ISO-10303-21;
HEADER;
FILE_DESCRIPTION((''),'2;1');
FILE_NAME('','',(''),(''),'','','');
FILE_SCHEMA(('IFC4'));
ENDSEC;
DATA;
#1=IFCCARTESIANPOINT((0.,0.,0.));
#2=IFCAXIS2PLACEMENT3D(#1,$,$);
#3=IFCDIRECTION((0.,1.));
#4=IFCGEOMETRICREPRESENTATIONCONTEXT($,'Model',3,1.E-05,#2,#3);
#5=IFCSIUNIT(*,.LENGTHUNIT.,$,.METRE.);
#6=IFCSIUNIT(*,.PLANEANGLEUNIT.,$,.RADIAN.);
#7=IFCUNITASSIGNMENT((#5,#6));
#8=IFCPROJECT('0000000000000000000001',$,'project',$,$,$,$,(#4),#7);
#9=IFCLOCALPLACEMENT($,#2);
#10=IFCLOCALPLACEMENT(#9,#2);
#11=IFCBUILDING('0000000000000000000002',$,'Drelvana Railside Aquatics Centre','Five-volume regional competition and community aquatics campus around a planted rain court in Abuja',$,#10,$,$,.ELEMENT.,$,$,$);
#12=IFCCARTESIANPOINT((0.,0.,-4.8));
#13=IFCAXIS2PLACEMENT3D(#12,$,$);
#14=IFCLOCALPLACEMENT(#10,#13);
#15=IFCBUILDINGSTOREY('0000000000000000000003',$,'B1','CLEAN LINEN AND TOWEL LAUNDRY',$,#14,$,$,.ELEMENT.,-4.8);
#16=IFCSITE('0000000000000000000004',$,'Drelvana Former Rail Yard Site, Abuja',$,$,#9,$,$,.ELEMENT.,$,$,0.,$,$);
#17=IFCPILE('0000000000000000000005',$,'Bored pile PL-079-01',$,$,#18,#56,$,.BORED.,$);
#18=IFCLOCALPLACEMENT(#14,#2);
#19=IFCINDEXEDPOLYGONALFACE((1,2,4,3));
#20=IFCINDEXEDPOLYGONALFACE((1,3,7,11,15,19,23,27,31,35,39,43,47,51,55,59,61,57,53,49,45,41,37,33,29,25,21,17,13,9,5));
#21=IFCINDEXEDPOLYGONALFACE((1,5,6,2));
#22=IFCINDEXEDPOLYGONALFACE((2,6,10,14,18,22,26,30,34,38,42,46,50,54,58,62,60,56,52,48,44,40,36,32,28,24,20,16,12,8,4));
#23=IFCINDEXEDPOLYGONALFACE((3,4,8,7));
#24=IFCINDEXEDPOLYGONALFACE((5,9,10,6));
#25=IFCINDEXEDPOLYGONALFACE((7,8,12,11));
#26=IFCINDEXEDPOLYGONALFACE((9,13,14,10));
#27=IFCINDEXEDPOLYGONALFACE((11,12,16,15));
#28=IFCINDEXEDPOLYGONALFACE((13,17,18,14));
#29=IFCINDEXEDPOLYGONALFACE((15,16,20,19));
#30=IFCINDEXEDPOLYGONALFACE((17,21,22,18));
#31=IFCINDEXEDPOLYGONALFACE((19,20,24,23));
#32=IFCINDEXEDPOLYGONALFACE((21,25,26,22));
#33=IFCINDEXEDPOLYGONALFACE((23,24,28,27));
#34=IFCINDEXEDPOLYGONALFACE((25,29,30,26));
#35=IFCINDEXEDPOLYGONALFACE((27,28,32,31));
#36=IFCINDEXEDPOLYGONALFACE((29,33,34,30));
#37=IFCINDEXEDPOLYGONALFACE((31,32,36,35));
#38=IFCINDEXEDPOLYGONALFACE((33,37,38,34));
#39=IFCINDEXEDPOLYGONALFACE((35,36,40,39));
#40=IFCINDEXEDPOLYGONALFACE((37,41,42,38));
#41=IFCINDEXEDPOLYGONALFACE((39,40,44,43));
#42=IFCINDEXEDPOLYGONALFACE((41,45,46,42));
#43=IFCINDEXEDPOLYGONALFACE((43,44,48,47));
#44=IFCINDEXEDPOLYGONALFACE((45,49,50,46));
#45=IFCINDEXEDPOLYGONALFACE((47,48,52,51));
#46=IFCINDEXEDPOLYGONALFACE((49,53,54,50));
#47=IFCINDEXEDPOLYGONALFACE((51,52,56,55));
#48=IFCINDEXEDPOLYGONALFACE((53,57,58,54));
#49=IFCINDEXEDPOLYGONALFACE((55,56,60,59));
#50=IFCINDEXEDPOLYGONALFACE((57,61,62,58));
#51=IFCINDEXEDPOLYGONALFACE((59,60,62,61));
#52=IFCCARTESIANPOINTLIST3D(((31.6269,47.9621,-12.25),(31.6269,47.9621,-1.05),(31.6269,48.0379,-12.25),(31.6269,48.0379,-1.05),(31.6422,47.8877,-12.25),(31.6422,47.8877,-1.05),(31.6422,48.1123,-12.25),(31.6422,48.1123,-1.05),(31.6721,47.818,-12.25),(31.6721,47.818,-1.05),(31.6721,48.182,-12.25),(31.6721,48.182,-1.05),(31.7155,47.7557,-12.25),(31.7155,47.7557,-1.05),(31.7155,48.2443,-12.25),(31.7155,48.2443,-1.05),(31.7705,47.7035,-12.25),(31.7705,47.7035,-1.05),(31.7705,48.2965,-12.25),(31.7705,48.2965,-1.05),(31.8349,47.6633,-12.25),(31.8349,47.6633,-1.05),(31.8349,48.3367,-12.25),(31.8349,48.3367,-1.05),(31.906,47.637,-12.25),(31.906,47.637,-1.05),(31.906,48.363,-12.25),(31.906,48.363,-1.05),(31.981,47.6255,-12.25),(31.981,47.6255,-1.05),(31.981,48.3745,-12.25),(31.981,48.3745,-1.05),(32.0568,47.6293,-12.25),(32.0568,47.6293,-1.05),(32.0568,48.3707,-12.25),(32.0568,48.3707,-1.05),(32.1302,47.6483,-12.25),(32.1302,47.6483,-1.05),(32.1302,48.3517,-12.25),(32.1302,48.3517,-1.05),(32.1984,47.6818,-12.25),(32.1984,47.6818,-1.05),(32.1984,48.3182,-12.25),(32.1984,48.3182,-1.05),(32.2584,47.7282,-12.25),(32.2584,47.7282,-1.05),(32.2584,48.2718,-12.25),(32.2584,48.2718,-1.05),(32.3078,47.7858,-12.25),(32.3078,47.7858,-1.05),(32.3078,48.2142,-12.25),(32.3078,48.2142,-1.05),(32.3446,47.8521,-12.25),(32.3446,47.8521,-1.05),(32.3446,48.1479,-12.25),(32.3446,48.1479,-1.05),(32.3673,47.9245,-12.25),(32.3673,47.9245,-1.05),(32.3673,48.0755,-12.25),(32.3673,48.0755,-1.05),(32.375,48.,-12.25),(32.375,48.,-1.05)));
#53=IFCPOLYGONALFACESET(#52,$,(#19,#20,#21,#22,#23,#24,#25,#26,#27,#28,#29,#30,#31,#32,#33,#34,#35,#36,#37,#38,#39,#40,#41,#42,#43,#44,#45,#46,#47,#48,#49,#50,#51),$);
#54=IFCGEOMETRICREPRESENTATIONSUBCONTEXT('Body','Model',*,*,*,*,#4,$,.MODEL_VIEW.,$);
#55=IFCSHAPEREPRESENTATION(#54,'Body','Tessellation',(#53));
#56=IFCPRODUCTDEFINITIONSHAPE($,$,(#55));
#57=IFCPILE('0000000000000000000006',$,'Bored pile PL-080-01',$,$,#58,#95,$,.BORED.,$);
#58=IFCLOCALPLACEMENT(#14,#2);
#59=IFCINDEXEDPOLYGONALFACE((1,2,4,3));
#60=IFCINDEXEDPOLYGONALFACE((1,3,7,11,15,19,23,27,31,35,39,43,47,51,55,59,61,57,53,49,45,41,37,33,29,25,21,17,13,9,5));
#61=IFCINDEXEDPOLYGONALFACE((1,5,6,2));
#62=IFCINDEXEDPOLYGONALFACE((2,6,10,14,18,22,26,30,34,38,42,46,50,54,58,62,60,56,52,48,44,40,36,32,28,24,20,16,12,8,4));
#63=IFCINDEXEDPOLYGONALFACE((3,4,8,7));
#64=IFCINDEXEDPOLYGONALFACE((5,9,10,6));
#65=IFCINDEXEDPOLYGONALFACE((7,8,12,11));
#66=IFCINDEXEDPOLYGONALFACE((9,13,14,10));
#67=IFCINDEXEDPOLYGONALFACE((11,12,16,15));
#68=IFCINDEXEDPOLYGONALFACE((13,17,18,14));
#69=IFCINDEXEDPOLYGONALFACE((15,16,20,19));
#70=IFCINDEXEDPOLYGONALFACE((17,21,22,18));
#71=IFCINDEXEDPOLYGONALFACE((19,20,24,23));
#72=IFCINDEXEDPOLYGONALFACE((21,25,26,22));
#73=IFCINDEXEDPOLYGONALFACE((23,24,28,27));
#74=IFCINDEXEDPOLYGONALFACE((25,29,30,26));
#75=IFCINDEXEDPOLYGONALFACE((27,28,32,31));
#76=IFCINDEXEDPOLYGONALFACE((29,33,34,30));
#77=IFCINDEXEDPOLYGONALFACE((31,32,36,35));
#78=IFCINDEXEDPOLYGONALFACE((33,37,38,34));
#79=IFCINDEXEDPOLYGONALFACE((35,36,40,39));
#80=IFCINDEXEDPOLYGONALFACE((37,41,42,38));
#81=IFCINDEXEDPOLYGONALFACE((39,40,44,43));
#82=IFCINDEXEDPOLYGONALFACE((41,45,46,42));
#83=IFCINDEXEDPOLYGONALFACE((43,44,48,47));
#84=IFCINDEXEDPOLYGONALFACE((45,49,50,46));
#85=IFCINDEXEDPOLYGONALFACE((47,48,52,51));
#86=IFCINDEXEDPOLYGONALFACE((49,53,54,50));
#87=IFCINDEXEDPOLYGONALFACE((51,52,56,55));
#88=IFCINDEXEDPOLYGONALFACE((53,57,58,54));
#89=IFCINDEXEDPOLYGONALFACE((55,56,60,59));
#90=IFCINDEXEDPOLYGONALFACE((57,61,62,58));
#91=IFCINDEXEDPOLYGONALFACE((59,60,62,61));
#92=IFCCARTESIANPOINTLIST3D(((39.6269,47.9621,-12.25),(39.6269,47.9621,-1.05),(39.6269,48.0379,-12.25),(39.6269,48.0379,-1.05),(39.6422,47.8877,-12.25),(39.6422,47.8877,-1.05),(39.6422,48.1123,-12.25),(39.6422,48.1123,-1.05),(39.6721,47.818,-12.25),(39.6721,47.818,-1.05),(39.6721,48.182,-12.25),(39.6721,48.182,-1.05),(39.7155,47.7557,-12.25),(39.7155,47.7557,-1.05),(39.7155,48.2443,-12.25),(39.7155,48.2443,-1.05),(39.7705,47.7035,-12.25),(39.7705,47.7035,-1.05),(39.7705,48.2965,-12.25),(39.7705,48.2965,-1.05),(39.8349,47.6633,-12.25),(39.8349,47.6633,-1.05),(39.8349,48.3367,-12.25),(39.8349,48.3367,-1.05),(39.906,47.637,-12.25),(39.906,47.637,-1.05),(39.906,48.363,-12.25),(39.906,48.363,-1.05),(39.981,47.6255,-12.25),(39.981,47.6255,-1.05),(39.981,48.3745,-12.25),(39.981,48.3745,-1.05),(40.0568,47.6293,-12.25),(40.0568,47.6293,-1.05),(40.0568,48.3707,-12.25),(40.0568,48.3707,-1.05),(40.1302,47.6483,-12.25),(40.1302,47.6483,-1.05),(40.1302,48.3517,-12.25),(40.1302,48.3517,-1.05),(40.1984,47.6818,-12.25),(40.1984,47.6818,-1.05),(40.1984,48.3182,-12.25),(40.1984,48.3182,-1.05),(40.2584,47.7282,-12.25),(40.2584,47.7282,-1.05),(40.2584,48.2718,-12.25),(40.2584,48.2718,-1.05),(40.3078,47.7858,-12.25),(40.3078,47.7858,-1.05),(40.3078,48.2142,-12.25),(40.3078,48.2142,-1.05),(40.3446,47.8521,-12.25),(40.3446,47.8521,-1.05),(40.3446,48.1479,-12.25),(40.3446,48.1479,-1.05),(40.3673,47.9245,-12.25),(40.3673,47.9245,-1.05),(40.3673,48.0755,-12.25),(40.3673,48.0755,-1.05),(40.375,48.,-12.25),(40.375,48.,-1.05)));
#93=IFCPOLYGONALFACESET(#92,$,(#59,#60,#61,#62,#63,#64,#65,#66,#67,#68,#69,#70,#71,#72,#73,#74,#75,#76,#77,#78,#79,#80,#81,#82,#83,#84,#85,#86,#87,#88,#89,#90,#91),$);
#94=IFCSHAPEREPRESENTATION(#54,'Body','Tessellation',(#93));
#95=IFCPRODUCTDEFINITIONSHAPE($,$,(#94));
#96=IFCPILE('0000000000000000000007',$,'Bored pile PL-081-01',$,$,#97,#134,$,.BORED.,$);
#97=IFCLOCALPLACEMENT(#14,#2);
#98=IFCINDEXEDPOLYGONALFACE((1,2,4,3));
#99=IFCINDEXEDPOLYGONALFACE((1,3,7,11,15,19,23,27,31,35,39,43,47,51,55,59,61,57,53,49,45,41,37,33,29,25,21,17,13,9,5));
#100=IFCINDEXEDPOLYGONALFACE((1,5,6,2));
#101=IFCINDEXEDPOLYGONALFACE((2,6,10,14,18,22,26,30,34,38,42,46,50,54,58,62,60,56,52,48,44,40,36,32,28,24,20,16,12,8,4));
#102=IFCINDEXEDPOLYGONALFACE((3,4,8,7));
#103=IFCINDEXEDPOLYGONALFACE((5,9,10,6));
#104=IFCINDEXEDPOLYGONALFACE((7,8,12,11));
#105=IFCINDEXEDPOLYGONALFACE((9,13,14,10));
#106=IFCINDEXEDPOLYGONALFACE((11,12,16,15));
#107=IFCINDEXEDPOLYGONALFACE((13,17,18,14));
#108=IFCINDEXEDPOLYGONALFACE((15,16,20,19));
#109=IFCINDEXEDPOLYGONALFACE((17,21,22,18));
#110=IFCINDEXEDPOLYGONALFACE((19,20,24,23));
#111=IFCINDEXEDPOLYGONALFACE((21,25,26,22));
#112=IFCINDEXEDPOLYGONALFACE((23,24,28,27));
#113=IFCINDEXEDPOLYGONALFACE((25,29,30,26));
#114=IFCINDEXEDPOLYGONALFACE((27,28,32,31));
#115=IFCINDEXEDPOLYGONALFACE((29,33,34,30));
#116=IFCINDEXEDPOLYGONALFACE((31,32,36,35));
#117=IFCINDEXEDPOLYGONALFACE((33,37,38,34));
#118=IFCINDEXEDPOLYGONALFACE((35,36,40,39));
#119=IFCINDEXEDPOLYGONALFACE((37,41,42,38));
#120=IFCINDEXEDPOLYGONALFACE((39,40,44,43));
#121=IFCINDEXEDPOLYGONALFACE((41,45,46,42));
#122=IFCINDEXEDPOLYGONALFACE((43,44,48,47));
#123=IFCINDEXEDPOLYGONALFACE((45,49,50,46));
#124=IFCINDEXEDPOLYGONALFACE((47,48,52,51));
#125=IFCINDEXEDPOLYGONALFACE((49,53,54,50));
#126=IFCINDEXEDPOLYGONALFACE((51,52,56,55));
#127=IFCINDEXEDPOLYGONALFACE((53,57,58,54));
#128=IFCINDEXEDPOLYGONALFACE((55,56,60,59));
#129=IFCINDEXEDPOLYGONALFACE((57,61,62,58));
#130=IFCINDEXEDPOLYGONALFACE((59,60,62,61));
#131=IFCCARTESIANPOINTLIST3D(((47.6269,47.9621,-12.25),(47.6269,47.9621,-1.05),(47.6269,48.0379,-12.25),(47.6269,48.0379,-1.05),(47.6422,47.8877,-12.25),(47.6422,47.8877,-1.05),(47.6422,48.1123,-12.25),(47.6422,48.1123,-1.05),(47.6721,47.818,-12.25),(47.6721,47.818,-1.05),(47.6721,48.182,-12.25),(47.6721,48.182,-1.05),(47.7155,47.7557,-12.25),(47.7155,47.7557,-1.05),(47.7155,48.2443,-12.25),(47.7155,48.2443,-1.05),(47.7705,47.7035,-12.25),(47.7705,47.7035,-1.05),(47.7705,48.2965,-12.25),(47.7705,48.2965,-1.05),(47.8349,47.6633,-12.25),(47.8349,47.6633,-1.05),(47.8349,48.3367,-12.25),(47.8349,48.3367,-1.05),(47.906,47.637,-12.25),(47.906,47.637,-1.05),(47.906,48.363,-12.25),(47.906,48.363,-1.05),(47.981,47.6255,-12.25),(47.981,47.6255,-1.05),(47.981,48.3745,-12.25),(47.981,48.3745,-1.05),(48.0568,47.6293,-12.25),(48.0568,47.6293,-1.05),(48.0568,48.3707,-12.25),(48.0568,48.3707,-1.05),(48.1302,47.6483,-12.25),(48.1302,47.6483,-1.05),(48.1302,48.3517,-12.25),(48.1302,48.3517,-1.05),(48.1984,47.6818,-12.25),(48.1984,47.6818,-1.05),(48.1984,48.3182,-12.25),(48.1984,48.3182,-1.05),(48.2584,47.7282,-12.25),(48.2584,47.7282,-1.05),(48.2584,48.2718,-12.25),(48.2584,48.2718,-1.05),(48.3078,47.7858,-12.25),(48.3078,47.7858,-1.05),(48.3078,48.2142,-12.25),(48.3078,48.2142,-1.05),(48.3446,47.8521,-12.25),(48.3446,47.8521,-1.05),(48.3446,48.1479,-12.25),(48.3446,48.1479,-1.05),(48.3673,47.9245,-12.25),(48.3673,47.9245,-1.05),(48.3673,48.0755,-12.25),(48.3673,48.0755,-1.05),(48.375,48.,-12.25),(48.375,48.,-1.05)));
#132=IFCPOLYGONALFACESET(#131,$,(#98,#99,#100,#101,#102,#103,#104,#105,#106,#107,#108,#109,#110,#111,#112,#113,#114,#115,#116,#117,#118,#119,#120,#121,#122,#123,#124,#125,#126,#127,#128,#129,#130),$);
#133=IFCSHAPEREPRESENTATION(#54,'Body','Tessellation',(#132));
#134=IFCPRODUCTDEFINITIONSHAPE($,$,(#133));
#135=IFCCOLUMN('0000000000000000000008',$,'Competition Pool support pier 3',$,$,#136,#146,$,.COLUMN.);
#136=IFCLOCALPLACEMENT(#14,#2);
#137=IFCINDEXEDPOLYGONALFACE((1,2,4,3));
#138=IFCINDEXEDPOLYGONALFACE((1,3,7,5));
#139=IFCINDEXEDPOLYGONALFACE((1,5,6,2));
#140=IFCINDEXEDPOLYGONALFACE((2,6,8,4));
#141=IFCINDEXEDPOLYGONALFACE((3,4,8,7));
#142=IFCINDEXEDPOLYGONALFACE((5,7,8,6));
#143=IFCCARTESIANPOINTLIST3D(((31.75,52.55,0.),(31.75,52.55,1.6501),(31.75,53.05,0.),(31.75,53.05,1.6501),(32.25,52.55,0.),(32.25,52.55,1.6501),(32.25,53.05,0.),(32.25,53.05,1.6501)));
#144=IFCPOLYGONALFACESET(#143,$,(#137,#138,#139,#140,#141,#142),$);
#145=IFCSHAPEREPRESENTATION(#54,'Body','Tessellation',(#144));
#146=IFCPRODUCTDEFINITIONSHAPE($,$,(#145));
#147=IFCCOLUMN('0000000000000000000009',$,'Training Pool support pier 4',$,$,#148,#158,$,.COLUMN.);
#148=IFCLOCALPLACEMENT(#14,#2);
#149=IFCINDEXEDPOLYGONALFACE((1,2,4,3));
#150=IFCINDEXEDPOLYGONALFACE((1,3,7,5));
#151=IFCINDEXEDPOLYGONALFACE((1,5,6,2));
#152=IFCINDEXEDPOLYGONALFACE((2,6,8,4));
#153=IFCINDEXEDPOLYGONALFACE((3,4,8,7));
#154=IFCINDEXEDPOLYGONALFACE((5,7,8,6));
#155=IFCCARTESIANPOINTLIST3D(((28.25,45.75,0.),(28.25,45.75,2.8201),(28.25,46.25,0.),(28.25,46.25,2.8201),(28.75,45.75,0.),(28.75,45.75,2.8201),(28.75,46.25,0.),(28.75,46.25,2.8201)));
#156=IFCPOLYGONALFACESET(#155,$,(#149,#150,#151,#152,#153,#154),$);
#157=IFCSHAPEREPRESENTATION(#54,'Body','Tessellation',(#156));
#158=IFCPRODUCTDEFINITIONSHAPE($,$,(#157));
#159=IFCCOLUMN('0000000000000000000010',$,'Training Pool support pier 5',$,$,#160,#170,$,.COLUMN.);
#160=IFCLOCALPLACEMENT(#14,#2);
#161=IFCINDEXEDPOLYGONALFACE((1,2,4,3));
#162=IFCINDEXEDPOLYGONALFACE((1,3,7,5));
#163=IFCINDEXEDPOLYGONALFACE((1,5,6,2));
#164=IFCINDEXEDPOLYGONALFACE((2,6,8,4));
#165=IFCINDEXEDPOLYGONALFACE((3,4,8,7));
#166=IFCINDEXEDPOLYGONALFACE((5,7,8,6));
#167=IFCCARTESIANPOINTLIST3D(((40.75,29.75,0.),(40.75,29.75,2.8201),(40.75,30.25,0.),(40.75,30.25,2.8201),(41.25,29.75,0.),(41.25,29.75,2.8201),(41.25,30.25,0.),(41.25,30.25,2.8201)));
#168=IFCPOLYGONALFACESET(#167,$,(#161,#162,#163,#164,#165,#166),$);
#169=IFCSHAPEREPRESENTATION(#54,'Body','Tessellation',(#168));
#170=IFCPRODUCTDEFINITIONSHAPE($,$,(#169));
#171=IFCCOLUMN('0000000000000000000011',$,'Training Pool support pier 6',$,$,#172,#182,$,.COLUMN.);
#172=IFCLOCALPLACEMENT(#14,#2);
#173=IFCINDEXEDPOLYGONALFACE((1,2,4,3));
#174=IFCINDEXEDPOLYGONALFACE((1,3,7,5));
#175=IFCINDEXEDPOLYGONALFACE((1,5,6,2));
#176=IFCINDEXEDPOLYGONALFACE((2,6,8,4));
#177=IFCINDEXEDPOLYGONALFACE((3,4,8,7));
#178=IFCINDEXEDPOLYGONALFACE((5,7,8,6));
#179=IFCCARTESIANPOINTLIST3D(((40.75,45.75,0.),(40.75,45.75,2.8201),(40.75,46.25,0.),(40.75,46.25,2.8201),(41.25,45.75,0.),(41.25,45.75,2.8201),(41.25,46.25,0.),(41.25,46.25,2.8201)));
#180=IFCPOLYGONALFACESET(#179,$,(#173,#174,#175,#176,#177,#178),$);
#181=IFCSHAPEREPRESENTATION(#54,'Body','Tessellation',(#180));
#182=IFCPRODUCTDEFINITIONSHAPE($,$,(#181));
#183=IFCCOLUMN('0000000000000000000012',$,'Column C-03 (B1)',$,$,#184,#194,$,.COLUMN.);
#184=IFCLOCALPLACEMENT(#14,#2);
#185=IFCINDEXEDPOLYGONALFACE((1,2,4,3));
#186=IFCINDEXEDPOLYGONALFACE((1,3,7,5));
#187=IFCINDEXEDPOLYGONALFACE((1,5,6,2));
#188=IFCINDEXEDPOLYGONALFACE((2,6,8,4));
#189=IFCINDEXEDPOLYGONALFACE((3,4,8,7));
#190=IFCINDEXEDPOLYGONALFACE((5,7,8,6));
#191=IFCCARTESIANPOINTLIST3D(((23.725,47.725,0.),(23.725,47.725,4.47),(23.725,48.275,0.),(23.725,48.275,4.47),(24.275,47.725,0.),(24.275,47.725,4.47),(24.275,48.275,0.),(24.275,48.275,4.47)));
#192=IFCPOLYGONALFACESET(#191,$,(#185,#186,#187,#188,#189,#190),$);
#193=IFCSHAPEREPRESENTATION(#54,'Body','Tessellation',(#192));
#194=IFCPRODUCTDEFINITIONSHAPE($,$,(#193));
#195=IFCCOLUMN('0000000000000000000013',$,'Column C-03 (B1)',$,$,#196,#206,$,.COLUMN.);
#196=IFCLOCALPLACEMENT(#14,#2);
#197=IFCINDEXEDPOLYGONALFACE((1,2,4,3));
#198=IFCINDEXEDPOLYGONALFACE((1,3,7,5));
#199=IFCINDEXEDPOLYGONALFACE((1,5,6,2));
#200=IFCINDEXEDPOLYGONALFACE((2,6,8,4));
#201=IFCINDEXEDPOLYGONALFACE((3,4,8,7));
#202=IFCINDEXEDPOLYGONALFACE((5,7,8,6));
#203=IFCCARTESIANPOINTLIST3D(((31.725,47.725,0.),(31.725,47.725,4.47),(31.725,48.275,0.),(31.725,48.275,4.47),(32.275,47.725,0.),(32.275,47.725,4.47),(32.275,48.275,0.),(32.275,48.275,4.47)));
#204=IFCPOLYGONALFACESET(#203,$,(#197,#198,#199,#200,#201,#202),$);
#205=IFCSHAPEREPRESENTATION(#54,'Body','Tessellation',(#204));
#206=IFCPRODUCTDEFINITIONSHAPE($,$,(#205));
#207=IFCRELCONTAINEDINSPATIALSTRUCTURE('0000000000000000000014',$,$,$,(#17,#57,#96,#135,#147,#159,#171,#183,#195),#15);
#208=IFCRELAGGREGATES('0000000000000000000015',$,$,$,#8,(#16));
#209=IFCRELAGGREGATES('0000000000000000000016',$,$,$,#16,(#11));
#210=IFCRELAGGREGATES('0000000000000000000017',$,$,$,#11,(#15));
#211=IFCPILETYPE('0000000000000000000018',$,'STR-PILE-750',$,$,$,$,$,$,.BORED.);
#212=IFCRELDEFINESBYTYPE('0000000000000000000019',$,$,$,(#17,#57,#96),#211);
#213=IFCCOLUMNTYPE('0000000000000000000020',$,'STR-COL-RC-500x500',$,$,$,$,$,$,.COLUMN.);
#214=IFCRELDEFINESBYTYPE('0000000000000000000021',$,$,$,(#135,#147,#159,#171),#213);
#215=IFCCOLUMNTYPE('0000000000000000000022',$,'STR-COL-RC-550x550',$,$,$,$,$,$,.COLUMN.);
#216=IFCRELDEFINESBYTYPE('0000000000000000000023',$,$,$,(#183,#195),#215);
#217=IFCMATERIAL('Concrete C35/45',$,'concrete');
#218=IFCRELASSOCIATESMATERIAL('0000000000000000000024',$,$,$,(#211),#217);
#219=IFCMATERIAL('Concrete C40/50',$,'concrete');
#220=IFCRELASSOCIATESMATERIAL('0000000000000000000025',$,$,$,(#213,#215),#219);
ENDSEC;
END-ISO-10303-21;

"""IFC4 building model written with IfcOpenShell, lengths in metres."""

from ifc_helpers import new_model, si_unit, direction, frame, origin, origin_2d, place, context, subcontext, project, spatial, rectangle, circle, extrude, material, material_profile, profile_set, type_object, element, save


model = new_model("IFC4")

# Units and contexts
model_context = context("Model", 3, precision=1e-05, world=origin(), true_north=direction((0.0, 1.0)))
body_context = subcontext(model_context, "Body", "Model", "MODEL_VIEW")
ifc_project = project(units=[si_unit("LENGTHUNIT", "METRE"), si_unit("PLANEANGLEUNIT", "RADIAN")], contexts=[model_context])

# Site, building, storey
site_placement = place(None, origin())
site = spatial("IfcSite", under=ifc_project, at=site_placement, Name="Drelvana Former Rail Yard Site, Abuja", CompositionType="ELEMENT", RefElevation=0.0)
building_placement = place(site_placement, origin())
building = spatial("IfcBuilding", under=site, at=building_placement, Name="Drelvana Railside Aquatics Centre", Description="Five-volume regional competition and community aquatics campus around a planted rain court in Abuja", CompositionType="ELEMENT")
storey_placement = place(building_placement, frame((0.0, 0.0, -4.8)))
storey = spatial("IfcBuildingStorey", under=building, at=storey_placement, Name="B1", Description="CLEAN LINEN AND TOWEL LAUNDRY", CompositionType="ELEMENT", Elevation=-4.8)

# Shared definitions
ifc_material_1 = material(Name="Concrete C35/45", Category="concrete")

# Piles
ifc_material_profile_1 = material_profile(ifc_material_1, circle(Radius=0.375, at=origin_2d()), Name="PILE D750")
ifc_profile_set_1 = profile_set([ifc_material_profile_1], Name="Concrete C35/45")
pile_type = type_object("IfcPileType", Name="STR-PILE-750", PredefinedType="BORED", material=ifc_profile_set_1)
for number, where, z_axis, x_axis, name in (
    (1, (32.0, 48.0, -1.05), (0.0, 0.0, -1.0), (1.0, 0.0, 0.0), "Bored pile PL-079-01"),
    (2, (40.0, 48.0, -1.05), (0.0, 0.0, -1.0), (1.0, 0.0, 0.0), "Bored pile PL-080-01"),
    (3, (48.0, 48.0, -1.05), (0.0, 0.0, -1.0), (1.0, 0.0, 0.0), "Bored pile PL-081-01"),
):
    element("IfcPile", number, at=place(storey_placement, frame(where, z_axis=z_axis, x_axis=x_axis)), inside=storey, type_object=pile_type, Name=name, PredefinedType="BORED", context=body_context, shape_type="SweptSolid", body=[
        extrude(circle(Radius=0.375, at=origin_2d()), origin(), (0.0, 0.0, 1.0), 11.2),
    ])

# Columns
ifc_material_2 = material(Name="Concrete C40/50", Category="concrete")
ifc_material_profile_2 = material_profile(ifc_material_2, rectangle(XDim=0.5, YDim=0.5, at=origin_2d()), Name="RC 500x500")
ifc_profile_set_2 = profile_set([ifc_material_profile_2], Name="Concrete C40/50")
column_type_1 = type_object("IfcColumnType", Name="STR-COL-RC-500x500", PredefinedType="COLUMN", material=ifc_profile_set_2)
column_placement = place(storey_placement, frame((32.0, 52.8, 0.0), z_axis=(0.0, 0.0, 1.0), x_axis=(1.0, 0.0, 0.0)))
element("IfcColumn", 4, at=column_placement, inside=storey, type_object=column_type_1, Name="Competition Pool support pier 3", PredefinedType="COLUMN", context=body_context, shape_type="SweptSolid", body=[
    extrude(rectangle(XDim=0.5, YDim=0.5, at=origin_2d()), origin(), (0.0, 0.0, 1.0), 1.6501),
])
for number, where, z_axis, x_axis, name in (
    (5, (28.5, 46.0, 0.0), (0.0, 0.0, 1.0), (1.0, 0.0, 0.0), "Training Pool support pier 4"),
    (6, (41.0, 30.0, 0.0), (0.0, 0.0, 1.0), (1.0, 0.0, 0.0), "Training Pool support pier 5"),
    (7, (41.0, 46.0, 0.0), (0.0, 0.0, 1.0), (1.0, 0.0, 0.0), "Training Pool support pier 6"),
):
    element("IfcColumn", number, at=place(storey_placement, frame(where, z_axis=z_axis, x_axis=x_axis)), inside=storey, type_object=column_type_1, Name=name, PredefinedType="COLUMN", context=body_context, shape_type="SweptSolid", body=[
        extrude(rectangle(XDim=0.5, YDim=0.5, at=origin_2d()), origin(), (0.0, 0.0, 1.0), 2.8201),
    ])
ifc_material_profile_3 = material_profile(ifc_material_2, rectangle(XDim=0.55, YDim=0.55, at=origin_2d()), Name="RC 550x550")
ifc_profile_set_3 = profile_set([ifc_material_profile_3], Name="Concrete C40/50")
column_type_2 = type_object("IfcColumnType", Name="STR-COL-RC-550x550", PredefinedType="COLUMN", material=ifc_profile_set_3)
for number, where, z_axis, x_axis, name in (
    (8, (24.0, 48.0, 0.0), (0.0, 0.0, 1.0), (1.0, 0.0, 0.0), "Column C-03 (B1)"),
    (9, (32.0, 48.0, 0.0), (0.0, 0.0, 1.0), (1.0, 0.0, 0.0), "Column C-03 (B1)"),
):
    element("IfcColumn", number, at=place(storey_placement, frame(where, z_axis=z_axis, x_axis=x_axis)), inside=storey, type_object=column_type_2, Name=name, PredefinedType="COLUMN", context=body_context, shape_type="SweptSolid", body=[
        extrude(rectangle(XDim=0.55, YDim=0.55, at=origin_2d()), origin(), (0.0, 0.0, 1.0), 4.47),
    ])

save(model, "model.ifc")
